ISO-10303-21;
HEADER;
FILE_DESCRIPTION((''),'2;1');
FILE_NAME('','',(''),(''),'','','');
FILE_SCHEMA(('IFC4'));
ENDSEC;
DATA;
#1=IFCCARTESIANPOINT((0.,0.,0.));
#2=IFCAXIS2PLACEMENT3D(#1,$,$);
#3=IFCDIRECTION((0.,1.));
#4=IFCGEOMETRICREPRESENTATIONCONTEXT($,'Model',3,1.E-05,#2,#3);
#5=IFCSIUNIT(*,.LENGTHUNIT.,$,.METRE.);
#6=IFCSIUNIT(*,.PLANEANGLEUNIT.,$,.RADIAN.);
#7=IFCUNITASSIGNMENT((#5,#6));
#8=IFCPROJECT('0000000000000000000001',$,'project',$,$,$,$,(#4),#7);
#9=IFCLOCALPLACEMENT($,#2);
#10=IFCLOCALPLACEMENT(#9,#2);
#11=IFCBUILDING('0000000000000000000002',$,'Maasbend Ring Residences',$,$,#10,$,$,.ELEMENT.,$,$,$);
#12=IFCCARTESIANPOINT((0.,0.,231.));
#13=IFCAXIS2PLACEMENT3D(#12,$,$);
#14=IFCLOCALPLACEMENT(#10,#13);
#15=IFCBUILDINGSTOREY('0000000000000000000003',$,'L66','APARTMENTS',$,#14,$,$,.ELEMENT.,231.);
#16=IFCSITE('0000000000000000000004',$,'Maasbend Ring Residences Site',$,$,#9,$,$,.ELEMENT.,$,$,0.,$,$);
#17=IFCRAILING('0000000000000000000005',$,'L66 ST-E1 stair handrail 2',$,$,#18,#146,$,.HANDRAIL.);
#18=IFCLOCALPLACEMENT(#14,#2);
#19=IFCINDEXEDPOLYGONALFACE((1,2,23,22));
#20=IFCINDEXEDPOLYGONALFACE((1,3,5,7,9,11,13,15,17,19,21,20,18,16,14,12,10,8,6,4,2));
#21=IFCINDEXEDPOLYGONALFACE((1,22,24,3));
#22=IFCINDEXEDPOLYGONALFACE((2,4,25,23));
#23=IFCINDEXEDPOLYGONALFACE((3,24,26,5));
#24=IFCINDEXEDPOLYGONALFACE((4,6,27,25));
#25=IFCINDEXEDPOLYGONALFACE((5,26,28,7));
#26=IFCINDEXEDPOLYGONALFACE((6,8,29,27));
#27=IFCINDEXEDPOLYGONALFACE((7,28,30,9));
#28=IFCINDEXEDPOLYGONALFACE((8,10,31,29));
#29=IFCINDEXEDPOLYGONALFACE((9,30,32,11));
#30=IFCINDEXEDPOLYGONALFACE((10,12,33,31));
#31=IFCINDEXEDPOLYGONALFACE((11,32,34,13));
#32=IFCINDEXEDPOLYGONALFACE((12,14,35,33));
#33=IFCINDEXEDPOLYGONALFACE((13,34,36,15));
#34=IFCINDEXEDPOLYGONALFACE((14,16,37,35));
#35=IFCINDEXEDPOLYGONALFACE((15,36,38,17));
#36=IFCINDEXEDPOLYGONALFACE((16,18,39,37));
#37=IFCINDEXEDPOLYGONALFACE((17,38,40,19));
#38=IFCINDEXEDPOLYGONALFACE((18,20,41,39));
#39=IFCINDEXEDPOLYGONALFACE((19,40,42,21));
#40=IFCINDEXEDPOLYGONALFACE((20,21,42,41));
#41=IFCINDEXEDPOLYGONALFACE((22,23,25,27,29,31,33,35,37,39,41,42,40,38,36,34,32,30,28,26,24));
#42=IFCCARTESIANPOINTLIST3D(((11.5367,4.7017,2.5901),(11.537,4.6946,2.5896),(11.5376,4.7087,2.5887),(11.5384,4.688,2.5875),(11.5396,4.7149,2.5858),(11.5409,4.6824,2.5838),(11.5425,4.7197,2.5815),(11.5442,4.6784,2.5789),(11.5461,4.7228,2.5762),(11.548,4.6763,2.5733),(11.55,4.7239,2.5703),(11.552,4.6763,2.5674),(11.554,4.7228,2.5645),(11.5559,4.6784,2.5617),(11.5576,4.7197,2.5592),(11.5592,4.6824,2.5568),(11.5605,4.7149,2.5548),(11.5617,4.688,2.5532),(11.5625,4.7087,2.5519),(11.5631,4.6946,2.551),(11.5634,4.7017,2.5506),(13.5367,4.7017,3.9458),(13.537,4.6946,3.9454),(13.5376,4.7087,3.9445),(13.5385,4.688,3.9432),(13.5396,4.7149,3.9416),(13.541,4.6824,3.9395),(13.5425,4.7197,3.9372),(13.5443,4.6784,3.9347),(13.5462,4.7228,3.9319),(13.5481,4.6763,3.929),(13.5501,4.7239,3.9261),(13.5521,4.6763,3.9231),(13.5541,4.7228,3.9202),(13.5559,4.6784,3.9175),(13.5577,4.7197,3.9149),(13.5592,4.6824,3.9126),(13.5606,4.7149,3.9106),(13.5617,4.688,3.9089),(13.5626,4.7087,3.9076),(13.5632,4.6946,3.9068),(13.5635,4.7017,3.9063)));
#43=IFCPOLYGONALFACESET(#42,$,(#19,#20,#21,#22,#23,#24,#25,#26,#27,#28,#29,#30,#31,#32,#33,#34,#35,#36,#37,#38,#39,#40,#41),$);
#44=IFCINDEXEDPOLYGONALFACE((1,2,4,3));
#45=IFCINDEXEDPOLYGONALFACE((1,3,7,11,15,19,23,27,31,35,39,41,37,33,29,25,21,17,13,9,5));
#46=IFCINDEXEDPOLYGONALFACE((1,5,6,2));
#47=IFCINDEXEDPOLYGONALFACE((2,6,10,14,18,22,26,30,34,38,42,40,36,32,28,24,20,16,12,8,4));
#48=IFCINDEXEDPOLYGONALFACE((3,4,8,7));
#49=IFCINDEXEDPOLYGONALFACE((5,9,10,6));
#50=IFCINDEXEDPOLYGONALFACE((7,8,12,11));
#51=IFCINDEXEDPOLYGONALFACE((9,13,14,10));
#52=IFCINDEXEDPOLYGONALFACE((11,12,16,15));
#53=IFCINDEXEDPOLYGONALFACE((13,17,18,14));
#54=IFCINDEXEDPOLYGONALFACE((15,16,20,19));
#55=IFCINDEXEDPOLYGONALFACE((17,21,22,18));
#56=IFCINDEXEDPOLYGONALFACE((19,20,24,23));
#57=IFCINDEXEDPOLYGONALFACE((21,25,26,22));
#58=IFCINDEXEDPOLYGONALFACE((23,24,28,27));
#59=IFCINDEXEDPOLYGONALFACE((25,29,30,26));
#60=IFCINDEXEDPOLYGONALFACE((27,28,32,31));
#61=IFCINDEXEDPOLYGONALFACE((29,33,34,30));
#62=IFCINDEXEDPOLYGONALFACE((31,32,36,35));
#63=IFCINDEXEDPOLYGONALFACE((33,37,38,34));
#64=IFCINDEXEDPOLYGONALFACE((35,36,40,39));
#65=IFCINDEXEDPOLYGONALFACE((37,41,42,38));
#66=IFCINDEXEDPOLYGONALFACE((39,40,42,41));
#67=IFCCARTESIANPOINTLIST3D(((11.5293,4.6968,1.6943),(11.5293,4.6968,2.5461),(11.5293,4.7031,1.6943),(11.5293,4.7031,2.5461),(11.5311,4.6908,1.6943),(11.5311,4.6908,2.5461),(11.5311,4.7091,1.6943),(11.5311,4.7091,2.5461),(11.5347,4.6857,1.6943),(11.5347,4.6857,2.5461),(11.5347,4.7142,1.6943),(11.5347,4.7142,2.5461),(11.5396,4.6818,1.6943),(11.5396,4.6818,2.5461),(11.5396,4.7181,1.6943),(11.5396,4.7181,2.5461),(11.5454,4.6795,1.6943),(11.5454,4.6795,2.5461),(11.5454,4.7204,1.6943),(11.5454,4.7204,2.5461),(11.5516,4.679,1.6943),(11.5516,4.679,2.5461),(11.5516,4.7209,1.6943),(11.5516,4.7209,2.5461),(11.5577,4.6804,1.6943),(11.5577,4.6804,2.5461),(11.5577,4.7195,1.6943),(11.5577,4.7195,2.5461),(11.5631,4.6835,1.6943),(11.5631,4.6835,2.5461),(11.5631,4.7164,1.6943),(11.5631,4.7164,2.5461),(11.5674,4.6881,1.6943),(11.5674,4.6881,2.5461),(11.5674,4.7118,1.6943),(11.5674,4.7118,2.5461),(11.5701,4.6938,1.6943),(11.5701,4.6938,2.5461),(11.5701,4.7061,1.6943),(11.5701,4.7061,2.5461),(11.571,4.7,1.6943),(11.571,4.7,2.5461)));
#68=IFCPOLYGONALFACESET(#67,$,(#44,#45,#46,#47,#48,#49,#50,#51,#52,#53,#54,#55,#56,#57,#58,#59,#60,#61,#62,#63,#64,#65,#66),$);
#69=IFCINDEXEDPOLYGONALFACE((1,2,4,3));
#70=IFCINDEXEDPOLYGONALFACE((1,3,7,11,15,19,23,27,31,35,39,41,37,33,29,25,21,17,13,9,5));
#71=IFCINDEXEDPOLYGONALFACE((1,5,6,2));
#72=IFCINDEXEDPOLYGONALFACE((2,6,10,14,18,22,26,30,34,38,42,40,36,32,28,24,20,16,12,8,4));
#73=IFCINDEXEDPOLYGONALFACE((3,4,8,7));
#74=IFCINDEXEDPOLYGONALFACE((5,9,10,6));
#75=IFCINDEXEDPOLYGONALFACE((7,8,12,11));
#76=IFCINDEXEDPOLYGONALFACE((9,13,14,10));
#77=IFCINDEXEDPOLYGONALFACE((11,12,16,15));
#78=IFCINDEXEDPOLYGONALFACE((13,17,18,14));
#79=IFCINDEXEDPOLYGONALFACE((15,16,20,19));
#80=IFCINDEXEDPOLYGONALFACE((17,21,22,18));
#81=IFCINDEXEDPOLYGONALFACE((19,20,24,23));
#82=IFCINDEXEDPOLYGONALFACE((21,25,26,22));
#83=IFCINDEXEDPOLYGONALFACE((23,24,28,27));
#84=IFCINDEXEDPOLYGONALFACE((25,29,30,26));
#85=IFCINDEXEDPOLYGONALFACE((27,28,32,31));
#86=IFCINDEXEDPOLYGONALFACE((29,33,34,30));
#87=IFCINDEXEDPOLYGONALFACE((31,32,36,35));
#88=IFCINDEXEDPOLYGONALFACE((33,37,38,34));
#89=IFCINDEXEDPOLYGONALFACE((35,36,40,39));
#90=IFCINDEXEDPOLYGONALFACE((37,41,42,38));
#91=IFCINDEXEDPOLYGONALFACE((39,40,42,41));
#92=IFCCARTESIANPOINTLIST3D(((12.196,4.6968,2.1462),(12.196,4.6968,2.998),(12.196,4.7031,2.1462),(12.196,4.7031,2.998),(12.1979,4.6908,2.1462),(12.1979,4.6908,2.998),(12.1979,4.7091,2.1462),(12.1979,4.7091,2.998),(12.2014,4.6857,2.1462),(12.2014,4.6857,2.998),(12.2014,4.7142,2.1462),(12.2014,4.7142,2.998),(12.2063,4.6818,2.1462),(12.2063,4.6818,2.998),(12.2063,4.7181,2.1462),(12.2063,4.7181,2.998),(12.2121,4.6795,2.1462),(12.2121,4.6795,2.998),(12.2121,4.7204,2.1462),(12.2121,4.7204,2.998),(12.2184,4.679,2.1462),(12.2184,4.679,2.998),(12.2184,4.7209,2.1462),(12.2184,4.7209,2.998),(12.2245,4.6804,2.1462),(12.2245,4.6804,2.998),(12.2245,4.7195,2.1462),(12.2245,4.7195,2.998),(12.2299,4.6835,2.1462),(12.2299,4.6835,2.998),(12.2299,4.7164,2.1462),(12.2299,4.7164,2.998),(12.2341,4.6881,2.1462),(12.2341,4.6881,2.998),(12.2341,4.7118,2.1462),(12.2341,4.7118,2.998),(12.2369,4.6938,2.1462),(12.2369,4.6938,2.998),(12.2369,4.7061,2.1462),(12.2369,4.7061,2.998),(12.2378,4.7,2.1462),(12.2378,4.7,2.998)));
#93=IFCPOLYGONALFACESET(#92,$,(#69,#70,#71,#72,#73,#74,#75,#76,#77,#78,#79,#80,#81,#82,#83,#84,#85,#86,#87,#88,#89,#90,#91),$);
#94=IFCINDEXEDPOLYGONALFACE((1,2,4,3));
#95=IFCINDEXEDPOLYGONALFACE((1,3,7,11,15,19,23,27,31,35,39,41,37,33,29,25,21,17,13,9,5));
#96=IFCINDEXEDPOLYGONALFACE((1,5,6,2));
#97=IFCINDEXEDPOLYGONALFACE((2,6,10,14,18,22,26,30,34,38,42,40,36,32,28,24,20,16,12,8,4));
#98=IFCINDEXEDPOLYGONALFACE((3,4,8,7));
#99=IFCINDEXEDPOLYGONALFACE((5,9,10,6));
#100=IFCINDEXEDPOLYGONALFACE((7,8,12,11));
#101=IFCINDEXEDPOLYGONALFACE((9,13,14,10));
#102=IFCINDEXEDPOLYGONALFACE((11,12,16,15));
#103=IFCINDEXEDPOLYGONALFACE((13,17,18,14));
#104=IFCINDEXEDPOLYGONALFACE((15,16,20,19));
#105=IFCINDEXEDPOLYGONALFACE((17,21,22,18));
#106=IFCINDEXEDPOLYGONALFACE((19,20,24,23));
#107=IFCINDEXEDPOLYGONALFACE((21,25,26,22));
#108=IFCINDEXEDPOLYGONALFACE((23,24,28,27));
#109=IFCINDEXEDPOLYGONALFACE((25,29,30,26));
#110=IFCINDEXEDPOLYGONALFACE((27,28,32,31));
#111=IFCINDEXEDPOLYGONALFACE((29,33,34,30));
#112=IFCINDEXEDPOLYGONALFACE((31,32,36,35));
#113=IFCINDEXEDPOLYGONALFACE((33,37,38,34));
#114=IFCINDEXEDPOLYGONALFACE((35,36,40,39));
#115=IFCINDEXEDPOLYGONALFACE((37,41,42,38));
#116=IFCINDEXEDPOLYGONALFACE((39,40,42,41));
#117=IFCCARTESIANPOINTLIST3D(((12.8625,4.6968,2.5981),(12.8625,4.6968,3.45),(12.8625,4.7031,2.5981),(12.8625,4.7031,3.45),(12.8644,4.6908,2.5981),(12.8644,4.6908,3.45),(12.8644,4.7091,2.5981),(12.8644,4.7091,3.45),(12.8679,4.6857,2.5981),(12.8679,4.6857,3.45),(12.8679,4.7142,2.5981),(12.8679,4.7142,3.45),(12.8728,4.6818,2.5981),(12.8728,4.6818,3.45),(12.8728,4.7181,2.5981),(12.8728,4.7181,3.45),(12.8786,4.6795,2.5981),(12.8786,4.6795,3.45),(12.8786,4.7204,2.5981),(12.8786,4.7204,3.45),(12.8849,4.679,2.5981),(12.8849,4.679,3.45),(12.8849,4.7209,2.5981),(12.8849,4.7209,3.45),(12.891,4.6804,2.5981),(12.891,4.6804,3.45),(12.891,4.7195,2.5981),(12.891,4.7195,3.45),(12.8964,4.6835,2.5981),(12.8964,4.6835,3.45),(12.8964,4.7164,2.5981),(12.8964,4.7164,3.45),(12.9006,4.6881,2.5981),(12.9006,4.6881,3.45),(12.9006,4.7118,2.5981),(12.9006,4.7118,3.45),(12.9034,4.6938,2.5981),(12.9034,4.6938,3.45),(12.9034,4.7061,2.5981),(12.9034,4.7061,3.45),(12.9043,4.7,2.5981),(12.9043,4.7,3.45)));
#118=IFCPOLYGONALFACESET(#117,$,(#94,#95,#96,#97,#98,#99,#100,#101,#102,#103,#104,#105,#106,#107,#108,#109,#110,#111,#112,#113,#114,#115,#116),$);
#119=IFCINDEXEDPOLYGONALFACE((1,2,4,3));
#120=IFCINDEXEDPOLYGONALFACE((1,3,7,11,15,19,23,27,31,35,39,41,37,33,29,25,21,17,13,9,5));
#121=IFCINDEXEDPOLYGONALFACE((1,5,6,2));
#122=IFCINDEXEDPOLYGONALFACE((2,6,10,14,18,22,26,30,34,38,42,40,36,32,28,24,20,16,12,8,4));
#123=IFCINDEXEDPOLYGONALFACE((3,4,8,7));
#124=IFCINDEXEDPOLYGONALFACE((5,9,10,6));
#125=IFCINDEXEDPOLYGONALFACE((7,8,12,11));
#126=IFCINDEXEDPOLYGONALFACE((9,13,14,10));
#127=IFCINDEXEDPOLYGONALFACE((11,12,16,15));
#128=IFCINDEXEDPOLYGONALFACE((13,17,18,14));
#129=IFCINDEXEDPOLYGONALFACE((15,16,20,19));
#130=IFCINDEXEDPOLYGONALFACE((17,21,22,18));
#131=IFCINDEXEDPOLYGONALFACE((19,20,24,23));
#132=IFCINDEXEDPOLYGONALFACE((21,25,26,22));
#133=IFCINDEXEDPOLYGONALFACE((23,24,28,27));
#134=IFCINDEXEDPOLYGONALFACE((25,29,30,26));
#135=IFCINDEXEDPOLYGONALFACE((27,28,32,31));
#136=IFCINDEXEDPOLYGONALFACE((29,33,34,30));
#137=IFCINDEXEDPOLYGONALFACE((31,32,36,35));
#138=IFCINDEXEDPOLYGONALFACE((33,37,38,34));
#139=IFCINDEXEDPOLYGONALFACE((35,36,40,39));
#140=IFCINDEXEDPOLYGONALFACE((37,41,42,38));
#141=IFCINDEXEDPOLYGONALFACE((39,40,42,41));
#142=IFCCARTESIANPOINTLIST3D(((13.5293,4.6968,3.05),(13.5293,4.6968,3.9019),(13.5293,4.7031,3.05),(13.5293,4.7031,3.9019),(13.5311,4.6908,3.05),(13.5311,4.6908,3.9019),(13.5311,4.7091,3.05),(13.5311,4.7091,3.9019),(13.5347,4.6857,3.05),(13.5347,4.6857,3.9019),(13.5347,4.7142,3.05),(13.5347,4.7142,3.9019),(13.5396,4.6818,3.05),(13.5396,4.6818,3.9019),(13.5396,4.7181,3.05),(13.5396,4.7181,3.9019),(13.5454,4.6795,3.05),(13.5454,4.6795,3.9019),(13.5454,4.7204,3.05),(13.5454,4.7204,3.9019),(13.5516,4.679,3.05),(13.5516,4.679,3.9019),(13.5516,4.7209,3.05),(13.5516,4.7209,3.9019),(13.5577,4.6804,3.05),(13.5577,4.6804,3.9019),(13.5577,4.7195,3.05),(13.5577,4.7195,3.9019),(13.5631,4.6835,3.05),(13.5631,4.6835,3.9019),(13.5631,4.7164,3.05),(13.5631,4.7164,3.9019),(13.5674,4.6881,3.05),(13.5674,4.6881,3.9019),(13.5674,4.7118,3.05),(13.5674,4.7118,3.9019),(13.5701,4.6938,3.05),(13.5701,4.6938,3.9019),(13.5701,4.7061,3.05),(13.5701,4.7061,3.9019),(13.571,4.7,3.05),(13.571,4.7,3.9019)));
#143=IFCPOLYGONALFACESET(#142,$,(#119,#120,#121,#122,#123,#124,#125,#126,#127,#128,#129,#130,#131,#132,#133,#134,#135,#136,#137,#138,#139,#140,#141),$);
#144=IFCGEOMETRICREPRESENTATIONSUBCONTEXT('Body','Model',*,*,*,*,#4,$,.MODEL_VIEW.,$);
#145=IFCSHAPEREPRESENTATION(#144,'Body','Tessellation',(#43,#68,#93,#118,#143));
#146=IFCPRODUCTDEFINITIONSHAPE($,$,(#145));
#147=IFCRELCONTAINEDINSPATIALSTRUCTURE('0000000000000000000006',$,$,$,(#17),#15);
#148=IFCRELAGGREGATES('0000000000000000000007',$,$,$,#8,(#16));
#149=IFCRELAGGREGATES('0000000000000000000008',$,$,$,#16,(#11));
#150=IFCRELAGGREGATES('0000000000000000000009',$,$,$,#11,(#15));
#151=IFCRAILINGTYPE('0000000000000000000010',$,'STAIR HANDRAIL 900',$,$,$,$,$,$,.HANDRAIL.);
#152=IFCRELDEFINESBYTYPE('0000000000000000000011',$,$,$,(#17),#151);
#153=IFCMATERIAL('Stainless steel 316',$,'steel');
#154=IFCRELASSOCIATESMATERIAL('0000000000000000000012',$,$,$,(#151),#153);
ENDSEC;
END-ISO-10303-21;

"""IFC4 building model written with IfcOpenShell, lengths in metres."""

from ifc_helpers import new_model, si_unit, direction, frame, origin, origin_2d, place, context, subcontext, project, spatial, circle, extrude, material, type_object, element, save


model = new_model("IFC4")

# Units and contexts
model_context = context("Model", 3, precision=1e-05, world=origin(), true_north=direction((0.0, 1.0)))
body_context = subcontext(model_context, "Body", "Model", "MODEL_VIEW")
ifc_project = project(units=[si_unit("LENGTHUNIT", "METRE"), si_unit("PLANEANGLEUNIT", "RADIAN")], contexts=[model_context])

# Site, building, storey
site_placement = place(None, origin())
site = spatial("IfcSite", under=ifc_project, at=site_placement, Name="Maasbend Ring Residences Site", CompositionType="ELEMENT", RefElevation=0.0)
building_placement = place(site_placement, origin())
building = spatial("IfcBuilding", under=site, at=building_placement, Name="Maasbend Ring Residences", CompositionType="ELEMENT")
storey_placement = place(building_placement, frame((0.0, 0.0, 231.0)))
storey = spatial("IfcBuildingStorey", under=building, at=storey_placement, Name="L66", Description="APARTMENTS", CompositionType="ELEMENT", Elevation=231.0)

# Railing
ifc_material_1 = material(Name="Stainless steel 316", Category="steel")
railing_type = type_object("IfcRailingType", Name="STAIR HANDRAIL 900", PredefinedType="HANDRAIL", material=ifc_material_1)
railing_1_placement = place(storey_placement, frame((11.55, 4.7, 1.6943)))
element("IfcRailing", 1, at=railing_1_placement, inside=storey, type_object=railing_type, Name="L66 ST-E1 stair handrail 2", PredefinedType="HANDRAIL", context=body_context, shape_type="SweptSolid", body=[
    extrude(circle(Radius=0.0239, at=origin_2d()), frame((0.0, 0.0, 0.876), z_axis=(0.827751, 0.0, 0.561096), x_axis=(0.0, 1.0, 0.0)), (0.0, 0.0, 1.0), 2.4163),
    extrude(circle(Radius=0.021, at=origin_2d()), origin(), (0.0, 0.0, 1.0), 0.8518),
    extrude(circle(Radius=0.021, at=origin_2d()), frame((0.6667, 0.0, 0.4519)), (0.0, 0.0, 1.0), 0.8518),
    extrude(circle(Radius=0.021, at=origin_2d()), frame((1.3333, 0.0, 0.9038)), (0.0, 0.0, 1.0), 0.8518),
    extrude(circle(Radius=0.021, at=origin_2d()), frame((2.0, 0.0, 1.3557)), (0.0, 0.0, 1.0), 0.8518),
])

save(model, "model.ifc")
